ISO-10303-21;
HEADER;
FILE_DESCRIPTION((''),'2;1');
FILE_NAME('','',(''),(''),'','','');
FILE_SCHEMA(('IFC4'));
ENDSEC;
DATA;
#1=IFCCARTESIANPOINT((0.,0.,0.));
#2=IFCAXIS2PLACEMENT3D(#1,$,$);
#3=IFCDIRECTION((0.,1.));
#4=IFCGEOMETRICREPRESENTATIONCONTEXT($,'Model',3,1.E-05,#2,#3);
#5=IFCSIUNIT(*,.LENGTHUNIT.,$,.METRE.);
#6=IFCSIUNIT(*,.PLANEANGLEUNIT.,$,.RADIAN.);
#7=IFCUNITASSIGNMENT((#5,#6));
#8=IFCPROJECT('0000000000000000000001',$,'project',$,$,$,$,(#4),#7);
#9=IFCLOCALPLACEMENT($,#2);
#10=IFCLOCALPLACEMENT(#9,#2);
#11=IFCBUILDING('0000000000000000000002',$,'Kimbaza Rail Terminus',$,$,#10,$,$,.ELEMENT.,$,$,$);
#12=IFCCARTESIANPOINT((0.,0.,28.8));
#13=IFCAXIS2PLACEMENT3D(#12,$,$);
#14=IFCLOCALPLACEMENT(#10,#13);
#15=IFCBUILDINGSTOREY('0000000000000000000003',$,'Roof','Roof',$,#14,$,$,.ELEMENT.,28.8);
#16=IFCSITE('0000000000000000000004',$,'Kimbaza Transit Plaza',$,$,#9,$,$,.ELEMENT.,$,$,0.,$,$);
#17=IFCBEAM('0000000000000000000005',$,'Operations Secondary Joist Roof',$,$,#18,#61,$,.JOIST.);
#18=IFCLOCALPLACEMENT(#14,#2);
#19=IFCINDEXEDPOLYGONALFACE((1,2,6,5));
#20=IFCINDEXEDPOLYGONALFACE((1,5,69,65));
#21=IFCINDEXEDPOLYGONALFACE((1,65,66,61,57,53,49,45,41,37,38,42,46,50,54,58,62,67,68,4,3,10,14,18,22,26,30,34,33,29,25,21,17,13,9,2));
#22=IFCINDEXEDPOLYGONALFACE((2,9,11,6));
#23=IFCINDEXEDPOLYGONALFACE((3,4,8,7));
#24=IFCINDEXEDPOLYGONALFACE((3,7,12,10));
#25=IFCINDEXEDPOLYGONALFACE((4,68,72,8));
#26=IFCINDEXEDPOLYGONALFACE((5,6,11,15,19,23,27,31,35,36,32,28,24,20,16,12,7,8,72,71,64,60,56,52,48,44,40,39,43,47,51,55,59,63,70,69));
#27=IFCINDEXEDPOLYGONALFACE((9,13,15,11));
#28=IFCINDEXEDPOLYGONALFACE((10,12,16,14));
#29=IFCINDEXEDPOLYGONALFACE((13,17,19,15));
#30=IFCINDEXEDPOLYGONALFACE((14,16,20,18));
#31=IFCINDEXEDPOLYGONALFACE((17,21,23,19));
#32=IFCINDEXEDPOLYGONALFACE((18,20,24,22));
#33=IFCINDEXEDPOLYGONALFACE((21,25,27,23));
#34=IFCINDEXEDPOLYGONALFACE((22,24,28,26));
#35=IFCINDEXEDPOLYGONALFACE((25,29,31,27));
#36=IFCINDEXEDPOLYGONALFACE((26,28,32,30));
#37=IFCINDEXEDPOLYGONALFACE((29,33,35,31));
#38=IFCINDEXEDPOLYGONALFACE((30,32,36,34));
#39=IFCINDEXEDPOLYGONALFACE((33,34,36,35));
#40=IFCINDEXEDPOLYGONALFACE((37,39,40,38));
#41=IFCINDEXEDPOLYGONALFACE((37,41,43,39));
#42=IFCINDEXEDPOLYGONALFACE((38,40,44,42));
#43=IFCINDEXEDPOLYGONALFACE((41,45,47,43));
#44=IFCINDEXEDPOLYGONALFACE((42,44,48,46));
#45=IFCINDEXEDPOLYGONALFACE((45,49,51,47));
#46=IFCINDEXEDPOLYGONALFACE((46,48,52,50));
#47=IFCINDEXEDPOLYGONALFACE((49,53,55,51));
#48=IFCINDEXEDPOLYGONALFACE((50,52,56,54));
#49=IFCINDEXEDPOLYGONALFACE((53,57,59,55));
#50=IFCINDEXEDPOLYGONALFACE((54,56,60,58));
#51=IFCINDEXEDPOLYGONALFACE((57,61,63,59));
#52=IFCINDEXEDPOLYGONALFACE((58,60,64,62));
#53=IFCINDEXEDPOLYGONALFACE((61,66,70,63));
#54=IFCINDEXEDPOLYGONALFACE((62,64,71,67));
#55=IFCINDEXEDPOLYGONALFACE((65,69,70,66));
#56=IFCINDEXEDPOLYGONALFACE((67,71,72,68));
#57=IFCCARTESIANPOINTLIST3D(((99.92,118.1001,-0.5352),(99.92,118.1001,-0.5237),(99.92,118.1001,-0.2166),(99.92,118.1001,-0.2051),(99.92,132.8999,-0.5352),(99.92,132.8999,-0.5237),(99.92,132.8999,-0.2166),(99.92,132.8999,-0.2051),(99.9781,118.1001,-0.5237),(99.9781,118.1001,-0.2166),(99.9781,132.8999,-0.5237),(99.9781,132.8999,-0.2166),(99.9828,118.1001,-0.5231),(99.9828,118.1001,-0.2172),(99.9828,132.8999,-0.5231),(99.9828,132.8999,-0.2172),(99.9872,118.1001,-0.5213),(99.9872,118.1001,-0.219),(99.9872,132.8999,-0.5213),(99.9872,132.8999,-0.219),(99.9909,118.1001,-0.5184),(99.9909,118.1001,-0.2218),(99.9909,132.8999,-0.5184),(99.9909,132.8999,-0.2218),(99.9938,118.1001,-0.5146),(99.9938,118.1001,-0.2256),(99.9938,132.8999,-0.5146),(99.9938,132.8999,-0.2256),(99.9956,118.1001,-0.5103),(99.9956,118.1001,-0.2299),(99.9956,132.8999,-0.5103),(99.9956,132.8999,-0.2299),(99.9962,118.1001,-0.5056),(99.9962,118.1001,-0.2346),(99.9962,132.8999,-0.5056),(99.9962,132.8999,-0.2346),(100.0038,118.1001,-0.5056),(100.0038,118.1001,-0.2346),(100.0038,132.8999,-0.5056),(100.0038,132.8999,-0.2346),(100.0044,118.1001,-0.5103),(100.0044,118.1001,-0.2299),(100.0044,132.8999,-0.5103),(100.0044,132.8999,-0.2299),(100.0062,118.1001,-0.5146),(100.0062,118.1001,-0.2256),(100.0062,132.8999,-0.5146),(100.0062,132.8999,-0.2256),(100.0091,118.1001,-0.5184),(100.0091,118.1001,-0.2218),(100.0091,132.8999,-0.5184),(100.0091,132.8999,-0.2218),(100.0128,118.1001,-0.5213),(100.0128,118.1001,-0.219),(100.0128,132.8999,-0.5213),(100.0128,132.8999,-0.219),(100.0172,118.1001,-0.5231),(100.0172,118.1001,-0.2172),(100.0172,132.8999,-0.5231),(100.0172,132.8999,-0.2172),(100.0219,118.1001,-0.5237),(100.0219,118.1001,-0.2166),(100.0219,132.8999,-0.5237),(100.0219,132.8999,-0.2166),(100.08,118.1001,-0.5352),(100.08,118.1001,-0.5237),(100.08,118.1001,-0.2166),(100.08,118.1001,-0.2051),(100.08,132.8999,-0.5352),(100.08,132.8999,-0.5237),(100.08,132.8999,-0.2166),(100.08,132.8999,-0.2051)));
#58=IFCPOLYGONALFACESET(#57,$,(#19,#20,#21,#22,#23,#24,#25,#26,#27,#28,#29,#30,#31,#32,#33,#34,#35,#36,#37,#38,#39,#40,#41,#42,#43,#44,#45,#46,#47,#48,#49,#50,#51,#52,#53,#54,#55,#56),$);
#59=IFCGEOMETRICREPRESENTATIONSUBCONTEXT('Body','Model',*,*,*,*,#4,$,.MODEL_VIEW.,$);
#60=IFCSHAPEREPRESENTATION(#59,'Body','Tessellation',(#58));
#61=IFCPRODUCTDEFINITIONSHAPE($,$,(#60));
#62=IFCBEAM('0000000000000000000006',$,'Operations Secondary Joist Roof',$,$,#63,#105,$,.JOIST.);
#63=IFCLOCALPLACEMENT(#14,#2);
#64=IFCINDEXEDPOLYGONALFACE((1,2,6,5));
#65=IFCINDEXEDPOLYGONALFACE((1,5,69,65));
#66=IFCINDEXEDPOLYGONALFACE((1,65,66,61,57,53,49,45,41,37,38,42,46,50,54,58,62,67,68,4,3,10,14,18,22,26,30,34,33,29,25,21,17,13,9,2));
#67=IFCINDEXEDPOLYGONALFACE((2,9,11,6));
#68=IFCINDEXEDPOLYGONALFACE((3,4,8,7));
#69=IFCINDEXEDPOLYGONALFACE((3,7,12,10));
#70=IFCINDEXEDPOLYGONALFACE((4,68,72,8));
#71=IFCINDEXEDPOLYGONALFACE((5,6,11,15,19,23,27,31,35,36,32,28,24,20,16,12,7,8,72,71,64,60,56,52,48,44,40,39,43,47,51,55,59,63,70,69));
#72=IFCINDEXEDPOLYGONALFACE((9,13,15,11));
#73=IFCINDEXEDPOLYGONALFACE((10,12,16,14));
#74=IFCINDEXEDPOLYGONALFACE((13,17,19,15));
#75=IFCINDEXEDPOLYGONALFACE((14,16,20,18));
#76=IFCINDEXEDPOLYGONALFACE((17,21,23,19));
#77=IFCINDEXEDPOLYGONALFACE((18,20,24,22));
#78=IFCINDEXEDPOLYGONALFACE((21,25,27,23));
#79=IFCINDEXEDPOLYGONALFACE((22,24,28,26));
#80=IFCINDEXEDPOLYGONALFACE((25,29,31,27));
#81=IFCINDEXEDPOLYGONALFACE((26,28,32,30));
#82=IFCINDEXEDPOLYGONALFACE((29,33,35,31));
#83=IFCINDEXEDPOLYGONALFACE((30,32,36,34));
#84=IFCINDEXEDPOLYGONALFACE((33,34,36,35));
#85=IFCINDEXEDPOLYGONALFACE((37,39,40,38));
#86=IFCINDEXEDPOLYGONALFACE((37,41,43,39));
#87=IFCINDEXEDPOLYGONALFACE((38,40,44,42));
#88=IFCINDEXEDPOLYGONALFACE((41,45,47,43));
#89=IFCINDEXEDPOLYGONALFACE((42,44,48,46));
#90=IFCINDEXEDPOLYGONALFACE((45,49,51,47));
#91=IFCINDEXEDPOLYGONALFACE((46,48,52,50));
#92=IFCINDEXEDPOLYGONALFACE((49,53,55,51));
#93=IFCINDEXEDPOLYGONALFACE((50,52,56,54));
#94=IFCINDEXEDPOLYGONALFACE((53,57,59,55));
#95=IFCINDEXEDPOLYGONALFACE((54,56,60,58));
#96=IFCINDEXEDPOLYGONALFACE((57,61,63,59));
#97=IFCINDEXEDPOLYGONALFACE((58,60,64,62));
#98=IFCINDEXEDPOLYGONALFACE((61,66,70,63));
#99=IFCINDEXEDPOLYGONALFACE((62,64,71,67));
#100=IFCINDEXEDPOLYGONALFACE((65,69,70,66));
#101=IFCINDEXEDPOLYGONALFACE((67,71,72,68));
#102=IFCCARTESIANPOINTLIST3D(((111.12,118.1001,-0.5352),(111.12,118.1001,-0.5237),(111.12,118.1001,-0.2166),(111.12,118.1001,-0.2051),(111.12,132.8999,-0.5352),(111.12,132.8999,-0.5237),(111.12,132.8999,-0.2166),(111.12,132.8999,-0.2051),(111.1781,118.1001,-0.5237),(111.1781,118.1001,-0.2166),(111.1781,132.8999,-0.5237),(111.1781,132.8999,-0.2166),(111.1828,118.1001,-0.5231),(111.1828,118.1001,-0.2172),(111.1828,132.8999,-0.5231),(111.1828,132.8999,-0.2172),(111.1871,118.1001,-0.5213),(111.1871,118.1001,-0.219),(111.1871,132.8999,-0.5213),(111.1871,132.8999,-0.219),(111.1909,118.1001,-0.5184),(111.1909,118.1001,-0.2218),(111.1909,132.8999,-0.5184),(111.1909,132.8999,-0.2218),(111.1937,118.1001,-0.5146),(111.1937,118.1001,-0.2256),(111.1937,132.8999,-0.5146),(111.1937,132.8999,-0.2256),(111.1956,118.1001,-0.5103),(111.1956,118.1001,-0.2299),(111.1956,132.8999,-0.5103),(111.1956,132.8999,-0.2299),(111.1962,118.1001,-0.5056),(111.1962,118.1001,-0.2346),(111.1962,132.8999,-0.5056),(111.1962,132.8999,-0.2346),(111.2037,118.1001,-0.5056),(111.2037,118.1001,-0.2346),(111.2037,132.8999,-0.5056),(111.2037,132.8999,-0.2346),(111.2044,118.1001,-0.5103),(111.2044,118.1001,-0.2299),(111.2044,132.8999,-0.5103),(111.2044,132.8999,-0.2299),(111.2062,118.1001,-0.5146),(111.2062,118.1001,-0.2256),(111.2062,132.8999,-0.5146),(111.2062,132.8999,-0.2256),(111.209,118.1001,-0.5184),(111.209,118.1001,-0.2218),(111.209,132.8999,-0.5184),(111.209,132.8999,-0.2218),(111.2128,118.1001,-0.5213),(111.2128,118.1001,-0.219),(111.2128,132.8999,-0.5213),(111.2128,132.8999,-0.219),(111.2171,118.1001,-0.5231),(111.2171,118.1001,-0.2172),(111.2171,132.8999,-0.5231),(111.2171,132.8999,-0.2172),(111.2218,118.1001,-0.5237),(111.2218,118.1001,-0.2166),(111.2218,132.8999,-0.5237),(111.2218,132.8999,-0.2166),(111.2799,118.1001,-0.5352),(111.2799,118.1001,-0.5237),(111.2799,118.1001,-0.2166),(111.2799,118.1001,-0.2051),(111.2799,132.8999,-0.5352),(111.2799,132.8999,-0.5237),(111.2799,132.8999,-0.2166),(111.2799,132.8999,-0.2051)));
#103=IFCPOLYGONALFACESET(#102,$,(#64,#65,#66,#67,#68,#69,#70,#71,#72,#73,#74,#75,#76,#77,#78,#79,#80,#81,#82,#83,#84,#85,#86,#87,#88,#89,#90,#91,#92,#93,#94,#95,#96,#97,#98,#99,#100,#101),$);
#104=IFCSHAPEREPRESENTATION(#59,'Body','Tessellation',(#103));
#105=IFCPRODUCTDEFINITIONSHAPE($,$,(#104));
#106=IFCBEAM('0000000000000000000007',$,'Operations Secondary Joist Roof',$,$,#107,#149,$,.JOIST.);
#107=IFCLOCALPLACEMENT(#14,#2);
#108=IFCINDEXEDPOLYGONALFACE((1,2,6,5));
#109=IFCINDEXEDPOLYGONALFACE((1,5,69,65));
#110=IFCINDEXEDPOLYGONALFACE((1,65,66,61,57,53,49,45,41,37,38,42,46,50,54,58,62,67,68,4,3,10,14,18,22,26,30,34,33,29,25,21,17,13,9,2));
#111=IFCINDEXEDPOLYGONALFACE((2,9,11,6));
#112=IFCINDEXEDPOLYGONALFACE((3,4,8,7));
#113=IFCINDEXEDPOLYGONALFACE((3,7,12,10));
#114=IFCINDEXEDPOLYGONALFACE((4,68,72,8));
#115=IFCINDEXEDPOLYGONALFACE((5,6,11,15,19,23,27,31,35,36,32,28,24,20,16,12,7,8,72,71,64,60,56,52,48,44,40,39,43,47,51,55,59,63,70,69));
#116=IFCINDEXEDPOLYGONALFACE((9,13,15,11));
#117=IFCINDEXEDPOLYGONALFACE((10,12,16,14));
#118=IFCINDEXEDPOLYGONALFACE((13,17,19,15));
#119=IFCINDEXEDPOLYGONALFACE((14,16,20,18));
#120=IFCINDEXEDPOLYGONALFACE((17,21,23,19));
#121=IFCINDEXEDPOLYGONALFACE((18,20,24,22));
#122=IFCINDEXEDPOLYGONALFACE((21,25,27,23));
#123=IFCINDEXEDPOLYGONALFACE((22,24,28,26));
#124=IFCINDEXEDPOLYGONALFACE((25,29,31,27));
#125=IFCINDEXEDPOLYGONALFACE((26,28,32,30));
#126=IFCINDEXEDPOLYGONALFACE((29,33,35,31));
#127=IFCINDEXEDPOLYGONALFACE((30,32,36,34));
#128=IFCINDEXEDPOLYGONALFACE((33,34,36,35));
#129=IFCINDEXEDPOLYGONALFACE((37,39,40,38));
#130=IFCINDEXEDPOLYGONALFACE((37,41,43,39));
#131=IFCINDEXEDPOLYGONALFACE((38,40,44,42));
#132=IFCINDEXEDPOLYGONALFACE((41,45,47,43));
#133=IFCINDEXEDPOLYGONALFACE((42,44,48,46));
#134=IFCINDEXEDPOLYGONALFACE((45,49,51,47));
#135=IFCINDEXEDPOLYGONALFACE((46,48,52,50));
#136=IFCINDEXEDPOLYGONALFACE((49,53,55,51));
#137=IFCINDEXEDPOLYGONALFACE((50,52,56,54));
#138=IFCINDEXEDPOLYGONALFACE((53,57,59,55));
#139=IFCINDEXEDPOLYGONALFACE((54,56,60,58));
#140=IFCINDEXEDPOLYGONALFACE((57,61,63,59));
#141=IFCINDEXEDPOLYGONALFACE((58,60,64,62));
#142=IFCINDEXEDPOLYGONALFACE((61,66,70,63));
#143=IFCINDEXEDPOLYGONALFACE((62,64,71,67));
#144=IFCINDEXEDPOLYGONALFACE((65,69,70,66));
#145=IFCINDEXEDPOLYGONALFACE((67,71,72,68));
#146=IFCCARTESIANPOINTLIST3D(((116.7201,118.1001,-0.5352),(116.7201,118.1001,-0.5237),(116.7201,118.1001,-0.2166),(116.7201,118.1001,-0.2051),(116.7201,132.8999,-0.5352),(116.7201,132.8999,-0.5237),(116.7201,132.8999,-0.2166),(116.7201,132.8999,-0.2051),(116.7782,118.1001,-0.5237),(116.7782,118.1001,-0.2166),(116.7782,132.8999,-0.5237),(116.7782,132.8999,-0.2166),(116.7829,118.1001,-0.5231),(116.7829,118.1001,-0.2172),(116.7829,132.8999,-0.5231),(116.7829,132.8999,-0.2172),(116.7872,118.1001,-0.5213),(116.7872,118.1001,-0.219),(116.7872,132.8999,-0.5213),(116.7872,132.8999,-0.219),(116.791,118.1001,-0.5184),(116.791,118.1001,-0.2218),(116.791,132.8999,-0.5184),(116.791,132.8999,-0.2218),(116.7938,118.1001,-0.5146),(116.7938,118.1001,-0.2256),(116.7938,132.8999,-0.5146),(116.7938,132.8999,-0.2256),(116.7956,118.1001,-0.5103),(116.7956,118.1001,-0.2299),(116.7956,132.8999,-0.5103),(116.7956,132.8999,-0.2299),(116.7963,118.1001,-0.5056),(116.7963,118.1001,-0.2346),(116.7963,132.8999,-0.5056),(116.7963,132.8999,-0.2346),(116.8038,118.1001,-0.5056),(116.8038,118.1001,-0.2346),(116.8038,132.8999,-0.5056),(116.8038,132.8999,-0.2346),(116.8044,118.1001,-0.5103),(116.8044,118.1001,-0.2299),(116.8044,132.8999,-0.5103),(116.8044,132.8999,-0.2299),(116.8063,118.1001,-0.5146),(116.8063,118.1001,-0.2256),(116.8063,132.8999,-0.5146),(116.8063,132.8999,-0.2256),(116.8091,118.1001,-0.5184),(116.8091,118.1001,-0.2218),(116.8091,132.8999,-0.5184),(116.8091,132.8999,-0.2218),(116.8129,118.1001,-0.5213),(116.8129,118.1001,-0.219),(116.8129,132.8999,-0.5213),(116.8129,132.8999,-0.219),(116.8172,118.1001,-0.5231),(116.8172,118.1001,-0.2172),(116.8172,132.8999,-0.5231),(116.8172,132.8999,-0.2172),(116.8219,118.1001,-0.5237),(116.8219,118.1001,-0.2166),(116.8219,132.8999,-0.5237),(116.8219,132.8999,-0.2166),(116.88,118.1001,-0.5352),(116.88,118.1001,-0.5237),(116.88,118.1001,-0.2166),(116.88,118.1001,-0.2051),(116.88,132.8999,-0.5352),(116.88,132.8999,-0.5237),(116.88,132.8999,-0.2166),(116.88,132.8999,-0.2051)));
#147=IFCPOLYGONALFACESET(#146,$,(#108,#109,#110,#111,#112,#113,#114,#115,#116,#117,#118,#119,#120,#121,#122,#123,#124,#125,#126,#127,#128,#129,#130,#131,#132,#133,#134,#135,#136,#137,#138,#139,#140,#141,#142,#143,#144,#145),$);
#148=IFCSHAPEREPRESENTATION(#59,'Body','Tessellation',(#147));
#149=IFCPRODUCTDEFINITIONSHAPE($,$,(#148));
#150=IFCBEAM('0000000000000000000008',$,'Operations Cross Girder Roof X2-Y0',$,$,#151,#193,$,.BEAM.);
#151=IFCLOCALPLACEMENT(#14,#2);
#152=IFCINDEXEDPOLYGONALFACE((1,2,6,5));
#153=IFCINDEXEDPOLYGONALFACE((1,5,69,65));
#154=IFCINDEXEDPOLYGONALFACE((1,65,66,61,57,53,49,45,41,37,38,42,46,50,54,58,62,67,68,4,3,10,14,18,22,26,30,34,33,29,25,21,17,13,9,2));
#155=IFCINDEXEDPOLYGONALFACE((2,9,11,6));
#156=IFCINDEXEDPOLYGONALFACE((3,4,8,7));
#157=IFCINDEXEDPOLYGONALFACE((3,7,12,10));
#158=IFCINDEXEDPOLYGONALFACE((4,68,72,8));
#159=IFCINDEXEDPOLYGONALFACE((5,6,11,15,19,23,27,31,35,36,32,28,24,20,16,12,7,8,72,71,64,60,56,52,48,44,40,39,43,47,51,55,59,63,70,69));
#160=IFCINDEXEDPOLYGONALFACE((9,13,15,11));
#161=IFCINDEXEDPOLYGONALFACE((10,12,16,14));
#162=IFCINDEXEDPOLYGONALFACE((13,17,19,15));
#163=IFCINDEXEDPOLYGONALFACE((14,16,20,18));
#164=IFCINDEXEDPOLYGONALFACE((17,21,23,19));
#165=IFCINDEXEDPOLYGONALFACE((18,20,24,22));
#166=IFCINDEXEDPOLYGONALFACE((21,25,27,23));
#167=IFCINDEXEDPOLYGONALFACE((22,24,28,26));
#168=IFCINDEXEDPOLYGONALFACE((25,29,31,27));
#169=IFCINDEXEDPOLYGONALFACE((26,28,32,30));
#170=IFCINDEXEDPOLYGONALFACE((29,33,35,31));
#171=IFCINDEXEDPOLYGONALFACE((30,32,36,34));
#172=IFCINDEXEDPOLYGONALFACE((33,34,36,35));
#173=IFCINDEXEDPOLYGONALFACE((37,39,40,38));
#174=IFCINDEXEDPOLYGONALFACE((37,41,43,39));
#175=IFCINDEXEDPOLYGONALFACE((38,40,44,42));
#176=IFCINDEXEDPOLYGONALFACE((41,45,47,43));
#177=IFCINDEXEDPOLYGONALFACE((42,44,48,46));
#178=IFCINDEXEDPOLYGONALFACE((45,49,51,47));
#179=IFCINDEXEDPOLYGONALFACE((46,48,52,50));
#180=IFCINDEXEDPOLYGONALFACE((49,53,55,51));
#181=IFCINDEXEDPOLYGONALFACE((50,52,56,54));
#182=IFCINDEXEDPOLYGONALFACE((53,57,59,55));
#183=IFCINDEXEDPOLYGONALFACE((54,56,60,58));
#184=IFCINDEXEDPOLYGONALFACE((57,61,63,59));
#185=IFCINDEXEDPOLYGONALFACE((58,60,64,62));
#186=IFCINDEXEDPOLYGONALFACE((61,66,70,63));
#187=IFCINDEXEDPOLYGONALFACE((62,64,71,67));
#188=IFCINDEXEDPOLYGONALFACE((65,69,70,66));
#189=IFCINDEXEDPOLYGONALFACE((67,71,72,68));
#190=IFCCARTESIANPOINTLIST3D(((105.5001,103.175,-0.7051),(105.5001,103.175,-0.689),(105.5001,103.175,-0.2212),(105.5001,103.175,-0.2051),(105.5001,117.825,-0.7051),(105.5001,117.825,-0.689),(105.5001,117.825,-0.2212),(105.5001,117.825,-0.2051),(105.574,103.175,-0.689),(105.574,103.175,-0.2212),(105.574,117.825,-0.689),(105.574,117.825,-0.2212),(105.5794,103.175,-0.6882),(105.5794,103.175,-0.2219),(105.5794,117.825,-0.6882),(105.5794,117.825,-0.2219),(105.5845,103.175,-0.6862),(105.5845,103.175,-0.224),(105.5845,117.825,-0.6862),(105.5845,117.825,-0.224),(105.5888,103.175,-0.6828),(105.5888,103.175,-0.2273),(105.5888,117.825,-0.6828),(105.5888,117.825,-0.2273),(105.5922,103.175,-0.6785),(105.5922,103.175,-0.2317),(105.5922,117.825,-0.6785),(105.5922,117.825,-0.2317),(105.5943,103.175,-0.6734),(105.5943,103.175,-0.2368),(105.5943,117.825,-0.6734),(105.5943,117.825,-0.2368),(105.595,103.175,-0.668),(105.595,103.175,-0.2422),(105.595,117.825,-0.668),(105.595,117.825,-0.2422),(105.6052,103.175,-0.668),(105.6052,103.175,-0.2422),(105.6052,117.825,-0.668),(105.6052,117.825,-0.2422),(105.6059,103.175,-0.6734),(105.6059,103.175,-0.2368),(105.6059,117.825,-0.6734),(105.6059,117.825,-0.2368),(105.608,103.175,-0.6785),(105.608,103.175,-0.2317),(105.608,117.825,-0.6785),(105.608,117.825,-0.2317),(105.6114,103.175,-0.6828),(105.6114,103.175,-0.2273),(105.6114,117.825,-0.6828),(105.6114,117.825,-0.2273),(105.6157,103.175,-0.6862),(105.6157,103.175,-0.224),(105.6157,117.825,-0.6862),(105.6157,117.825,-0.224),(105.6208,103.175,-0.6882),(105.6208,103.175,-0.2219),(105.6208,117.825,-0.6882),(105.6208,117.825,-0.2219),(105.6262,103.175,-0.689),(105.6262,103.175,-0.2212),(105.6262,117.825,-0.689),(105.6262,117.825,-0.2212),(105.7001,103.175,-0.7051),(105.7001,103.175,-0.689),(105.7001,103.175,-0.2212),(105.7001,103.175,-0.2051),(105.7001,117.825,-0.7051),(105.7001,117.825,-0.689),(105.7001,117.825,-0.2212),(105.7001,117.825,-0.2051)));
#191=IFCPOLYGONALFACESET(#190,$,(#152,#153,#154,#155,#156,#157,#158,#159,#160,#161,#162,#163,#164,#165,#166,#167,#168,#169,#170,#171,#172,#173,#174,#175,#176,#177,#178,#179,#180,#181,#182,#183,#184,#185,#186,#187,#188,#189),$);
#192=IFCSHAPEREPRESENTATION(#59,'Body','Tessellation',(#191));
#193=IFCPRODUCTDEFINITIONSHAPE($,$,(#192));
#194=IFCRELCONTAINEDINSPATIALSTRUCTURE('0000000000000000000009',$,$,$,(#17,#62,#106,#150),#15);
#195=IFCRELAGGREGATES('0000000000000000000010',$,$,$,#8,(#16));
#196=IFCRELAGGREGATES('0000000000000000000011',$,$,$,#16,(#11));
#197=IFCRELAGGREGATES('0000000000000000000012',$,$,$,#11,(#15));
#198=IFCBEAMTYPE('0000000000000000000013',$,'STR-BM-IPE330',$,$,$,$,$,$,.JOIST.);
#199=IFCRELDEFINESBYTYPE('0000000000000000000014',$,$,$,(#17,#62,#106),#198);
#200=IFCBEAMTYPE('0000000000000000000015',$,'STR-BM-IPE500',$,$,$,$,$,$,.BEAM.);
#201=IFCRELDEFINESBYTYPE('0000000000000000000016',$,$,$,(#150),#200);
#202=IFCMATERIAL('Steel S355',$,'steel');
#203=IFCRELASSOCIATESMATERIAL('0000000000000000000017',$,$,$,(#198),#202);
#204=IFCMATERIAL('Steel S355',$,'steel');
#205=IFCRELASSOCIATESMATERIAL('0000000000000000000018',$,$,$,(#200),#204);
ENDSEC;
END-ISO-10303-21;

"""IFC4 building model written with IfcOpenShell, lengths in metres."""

from ifc_helpers import new_model, si_unit, direction, frame, origin, origin_2d, place, context, subcontext, project, spatial, i_section, extrude, material, material_profile, profile_set, type_object, element, save


model = new_model("IFC4")

# Units and contexts
model_context = context("Model", 3, precision=1e-05, world=origin(), true_north=direction((0.0, 1.0)))
body_context = subcontext(model_context, "Body", "Model", "MODEL_VIEW")
ifc_project = project(units=[si_unit("LENGTHUNIT", "METRE"), si_unit("PLANEANGLEUNIT", "RADIAN")], contexts=[model_context])

# Site, building, storey
site_placement = place(None, origin())
site = spatial("IfcSite", under=ifc_project, at=site_placement, Name="Kimbaza Transit Plaza", CompositionType="ELEMENT", RefElevation=0.0)
building_placement = place(site_placement, origin())
building = spatial("IfcBuilding", under=site, at=building_placement, Name="Kimbaza Rail Terminus", CompositionType="ELEMENT")
storey_placement = place(building_placement, frame((0.0, 0.0, 28.8)))
storey = spatial("IfcBuildingStorey", under=building, at=storey_placement, Name="Roof", Description="Roof", CompositionType="ELEMENT", Elevation=28.8)

# Beams
ifc_material_1 = material(Name="Steel S355", Category="steel")
ifc_material_profile_1 = material_profile(ifc_material_1, i_section(OverallWidth=0.1599, OverallDepth=0.3301, WebThickness=0.0076, FlangeThickness=0.0115, FilletRadius=0.0181, at=origin_2d()), Name="IPE 330")
ifc_profile_set_1 = profile_set([ifc_material_profile_1], Name="Steel S355")
beam_type_1 = type_object("IfcBeamType", Name="STR-BM-IPE330", PredefinedType="JOIST", material=ifc_profile_set_1)
for number, where, z_axis, x_axis, name in (
    (1, (100.0, 118.1001, -0.3701), (0.0, 1.0, 0.0), (-1.0, 0.0, 0.0), "Operations Secondary Joist Roof"),
    (2, (111.2, 118.1001, -0.3701), (0.0, 1.0, 0.0), (-1.0, 0.0, 0.0), "Operations Secondary Joist Roof"),
    (3, (116.8, 118.1001, -0.3701), (0.0, 1.0, 0.0), (-1.0, 0.0, 0.0), "Operations Secondary Joist Roof"),
):
    element("IfcBeam", number, at=place(storey_placement, frame(where, z_axis=z_axis, x_axis=x_axis)), inside=storey, type_object=beam_type_1, Name=name, PredefinedType="JOIST", context=body_context, shape_type="SweptSolid", body=[
        extrude(i_section(OverallWidth=0.1599, OverallDepth=0.3301, WebThickness=0.0076, FlangeThickness=0.0115, FilletRadius=0.0181, at=origin_2d()), origin(), (0.0, 0.0, 1.0), 14.7998),
    ])
ifc_material_2 = material(Name="Steel S355", Category="steel")
ifc_material_profile_2 = material_profile(ifc_material_2, i_section(OverallWidth=0.2, OverallDepth=0.5, WebThickness=0.0103, FlangeThickness=0.0161, FilletRadius=0.021, at=origin_2d()), Name="IPE 500")
ifc_profile_set_2 = profile_set([ifc_material_profile_2], Name="Steel S355")
beam_type_2 = type_object("IfcBeamType", Name="STR-BM-IPE500", PredefinedType="BEAM", material=ifc_profile_set_2)
for number, where, z_axis, x_axis, name in (
    (4, (105.6001, 103.175, -0.4551), (0.0, 1.0, 0.0), (-1.0, 0.0, 0.0), "Operations Cross Girder Roof X2-Y0"),
):
    element("IfcBeam", number, at=place(storey_placement, frame(where, z_axis=z_axis, x_axis=x_axis)), inside=storey, type_object=beam_type_2, Name=name, PredefinedType="BEAM", context=body_context, shape_type="SweptSolid", body=[
        extrude(i_section(OverallWidth=0.2, OverallDepth=0.5, WebThickness=0.0103, FlangeThickness=0.0161, FilletRadius=0.021, at=origin_2d()), origin(), (0.0, 0.0, 1.0), 14.6499),
    ])

save(model, "model.ifc")
